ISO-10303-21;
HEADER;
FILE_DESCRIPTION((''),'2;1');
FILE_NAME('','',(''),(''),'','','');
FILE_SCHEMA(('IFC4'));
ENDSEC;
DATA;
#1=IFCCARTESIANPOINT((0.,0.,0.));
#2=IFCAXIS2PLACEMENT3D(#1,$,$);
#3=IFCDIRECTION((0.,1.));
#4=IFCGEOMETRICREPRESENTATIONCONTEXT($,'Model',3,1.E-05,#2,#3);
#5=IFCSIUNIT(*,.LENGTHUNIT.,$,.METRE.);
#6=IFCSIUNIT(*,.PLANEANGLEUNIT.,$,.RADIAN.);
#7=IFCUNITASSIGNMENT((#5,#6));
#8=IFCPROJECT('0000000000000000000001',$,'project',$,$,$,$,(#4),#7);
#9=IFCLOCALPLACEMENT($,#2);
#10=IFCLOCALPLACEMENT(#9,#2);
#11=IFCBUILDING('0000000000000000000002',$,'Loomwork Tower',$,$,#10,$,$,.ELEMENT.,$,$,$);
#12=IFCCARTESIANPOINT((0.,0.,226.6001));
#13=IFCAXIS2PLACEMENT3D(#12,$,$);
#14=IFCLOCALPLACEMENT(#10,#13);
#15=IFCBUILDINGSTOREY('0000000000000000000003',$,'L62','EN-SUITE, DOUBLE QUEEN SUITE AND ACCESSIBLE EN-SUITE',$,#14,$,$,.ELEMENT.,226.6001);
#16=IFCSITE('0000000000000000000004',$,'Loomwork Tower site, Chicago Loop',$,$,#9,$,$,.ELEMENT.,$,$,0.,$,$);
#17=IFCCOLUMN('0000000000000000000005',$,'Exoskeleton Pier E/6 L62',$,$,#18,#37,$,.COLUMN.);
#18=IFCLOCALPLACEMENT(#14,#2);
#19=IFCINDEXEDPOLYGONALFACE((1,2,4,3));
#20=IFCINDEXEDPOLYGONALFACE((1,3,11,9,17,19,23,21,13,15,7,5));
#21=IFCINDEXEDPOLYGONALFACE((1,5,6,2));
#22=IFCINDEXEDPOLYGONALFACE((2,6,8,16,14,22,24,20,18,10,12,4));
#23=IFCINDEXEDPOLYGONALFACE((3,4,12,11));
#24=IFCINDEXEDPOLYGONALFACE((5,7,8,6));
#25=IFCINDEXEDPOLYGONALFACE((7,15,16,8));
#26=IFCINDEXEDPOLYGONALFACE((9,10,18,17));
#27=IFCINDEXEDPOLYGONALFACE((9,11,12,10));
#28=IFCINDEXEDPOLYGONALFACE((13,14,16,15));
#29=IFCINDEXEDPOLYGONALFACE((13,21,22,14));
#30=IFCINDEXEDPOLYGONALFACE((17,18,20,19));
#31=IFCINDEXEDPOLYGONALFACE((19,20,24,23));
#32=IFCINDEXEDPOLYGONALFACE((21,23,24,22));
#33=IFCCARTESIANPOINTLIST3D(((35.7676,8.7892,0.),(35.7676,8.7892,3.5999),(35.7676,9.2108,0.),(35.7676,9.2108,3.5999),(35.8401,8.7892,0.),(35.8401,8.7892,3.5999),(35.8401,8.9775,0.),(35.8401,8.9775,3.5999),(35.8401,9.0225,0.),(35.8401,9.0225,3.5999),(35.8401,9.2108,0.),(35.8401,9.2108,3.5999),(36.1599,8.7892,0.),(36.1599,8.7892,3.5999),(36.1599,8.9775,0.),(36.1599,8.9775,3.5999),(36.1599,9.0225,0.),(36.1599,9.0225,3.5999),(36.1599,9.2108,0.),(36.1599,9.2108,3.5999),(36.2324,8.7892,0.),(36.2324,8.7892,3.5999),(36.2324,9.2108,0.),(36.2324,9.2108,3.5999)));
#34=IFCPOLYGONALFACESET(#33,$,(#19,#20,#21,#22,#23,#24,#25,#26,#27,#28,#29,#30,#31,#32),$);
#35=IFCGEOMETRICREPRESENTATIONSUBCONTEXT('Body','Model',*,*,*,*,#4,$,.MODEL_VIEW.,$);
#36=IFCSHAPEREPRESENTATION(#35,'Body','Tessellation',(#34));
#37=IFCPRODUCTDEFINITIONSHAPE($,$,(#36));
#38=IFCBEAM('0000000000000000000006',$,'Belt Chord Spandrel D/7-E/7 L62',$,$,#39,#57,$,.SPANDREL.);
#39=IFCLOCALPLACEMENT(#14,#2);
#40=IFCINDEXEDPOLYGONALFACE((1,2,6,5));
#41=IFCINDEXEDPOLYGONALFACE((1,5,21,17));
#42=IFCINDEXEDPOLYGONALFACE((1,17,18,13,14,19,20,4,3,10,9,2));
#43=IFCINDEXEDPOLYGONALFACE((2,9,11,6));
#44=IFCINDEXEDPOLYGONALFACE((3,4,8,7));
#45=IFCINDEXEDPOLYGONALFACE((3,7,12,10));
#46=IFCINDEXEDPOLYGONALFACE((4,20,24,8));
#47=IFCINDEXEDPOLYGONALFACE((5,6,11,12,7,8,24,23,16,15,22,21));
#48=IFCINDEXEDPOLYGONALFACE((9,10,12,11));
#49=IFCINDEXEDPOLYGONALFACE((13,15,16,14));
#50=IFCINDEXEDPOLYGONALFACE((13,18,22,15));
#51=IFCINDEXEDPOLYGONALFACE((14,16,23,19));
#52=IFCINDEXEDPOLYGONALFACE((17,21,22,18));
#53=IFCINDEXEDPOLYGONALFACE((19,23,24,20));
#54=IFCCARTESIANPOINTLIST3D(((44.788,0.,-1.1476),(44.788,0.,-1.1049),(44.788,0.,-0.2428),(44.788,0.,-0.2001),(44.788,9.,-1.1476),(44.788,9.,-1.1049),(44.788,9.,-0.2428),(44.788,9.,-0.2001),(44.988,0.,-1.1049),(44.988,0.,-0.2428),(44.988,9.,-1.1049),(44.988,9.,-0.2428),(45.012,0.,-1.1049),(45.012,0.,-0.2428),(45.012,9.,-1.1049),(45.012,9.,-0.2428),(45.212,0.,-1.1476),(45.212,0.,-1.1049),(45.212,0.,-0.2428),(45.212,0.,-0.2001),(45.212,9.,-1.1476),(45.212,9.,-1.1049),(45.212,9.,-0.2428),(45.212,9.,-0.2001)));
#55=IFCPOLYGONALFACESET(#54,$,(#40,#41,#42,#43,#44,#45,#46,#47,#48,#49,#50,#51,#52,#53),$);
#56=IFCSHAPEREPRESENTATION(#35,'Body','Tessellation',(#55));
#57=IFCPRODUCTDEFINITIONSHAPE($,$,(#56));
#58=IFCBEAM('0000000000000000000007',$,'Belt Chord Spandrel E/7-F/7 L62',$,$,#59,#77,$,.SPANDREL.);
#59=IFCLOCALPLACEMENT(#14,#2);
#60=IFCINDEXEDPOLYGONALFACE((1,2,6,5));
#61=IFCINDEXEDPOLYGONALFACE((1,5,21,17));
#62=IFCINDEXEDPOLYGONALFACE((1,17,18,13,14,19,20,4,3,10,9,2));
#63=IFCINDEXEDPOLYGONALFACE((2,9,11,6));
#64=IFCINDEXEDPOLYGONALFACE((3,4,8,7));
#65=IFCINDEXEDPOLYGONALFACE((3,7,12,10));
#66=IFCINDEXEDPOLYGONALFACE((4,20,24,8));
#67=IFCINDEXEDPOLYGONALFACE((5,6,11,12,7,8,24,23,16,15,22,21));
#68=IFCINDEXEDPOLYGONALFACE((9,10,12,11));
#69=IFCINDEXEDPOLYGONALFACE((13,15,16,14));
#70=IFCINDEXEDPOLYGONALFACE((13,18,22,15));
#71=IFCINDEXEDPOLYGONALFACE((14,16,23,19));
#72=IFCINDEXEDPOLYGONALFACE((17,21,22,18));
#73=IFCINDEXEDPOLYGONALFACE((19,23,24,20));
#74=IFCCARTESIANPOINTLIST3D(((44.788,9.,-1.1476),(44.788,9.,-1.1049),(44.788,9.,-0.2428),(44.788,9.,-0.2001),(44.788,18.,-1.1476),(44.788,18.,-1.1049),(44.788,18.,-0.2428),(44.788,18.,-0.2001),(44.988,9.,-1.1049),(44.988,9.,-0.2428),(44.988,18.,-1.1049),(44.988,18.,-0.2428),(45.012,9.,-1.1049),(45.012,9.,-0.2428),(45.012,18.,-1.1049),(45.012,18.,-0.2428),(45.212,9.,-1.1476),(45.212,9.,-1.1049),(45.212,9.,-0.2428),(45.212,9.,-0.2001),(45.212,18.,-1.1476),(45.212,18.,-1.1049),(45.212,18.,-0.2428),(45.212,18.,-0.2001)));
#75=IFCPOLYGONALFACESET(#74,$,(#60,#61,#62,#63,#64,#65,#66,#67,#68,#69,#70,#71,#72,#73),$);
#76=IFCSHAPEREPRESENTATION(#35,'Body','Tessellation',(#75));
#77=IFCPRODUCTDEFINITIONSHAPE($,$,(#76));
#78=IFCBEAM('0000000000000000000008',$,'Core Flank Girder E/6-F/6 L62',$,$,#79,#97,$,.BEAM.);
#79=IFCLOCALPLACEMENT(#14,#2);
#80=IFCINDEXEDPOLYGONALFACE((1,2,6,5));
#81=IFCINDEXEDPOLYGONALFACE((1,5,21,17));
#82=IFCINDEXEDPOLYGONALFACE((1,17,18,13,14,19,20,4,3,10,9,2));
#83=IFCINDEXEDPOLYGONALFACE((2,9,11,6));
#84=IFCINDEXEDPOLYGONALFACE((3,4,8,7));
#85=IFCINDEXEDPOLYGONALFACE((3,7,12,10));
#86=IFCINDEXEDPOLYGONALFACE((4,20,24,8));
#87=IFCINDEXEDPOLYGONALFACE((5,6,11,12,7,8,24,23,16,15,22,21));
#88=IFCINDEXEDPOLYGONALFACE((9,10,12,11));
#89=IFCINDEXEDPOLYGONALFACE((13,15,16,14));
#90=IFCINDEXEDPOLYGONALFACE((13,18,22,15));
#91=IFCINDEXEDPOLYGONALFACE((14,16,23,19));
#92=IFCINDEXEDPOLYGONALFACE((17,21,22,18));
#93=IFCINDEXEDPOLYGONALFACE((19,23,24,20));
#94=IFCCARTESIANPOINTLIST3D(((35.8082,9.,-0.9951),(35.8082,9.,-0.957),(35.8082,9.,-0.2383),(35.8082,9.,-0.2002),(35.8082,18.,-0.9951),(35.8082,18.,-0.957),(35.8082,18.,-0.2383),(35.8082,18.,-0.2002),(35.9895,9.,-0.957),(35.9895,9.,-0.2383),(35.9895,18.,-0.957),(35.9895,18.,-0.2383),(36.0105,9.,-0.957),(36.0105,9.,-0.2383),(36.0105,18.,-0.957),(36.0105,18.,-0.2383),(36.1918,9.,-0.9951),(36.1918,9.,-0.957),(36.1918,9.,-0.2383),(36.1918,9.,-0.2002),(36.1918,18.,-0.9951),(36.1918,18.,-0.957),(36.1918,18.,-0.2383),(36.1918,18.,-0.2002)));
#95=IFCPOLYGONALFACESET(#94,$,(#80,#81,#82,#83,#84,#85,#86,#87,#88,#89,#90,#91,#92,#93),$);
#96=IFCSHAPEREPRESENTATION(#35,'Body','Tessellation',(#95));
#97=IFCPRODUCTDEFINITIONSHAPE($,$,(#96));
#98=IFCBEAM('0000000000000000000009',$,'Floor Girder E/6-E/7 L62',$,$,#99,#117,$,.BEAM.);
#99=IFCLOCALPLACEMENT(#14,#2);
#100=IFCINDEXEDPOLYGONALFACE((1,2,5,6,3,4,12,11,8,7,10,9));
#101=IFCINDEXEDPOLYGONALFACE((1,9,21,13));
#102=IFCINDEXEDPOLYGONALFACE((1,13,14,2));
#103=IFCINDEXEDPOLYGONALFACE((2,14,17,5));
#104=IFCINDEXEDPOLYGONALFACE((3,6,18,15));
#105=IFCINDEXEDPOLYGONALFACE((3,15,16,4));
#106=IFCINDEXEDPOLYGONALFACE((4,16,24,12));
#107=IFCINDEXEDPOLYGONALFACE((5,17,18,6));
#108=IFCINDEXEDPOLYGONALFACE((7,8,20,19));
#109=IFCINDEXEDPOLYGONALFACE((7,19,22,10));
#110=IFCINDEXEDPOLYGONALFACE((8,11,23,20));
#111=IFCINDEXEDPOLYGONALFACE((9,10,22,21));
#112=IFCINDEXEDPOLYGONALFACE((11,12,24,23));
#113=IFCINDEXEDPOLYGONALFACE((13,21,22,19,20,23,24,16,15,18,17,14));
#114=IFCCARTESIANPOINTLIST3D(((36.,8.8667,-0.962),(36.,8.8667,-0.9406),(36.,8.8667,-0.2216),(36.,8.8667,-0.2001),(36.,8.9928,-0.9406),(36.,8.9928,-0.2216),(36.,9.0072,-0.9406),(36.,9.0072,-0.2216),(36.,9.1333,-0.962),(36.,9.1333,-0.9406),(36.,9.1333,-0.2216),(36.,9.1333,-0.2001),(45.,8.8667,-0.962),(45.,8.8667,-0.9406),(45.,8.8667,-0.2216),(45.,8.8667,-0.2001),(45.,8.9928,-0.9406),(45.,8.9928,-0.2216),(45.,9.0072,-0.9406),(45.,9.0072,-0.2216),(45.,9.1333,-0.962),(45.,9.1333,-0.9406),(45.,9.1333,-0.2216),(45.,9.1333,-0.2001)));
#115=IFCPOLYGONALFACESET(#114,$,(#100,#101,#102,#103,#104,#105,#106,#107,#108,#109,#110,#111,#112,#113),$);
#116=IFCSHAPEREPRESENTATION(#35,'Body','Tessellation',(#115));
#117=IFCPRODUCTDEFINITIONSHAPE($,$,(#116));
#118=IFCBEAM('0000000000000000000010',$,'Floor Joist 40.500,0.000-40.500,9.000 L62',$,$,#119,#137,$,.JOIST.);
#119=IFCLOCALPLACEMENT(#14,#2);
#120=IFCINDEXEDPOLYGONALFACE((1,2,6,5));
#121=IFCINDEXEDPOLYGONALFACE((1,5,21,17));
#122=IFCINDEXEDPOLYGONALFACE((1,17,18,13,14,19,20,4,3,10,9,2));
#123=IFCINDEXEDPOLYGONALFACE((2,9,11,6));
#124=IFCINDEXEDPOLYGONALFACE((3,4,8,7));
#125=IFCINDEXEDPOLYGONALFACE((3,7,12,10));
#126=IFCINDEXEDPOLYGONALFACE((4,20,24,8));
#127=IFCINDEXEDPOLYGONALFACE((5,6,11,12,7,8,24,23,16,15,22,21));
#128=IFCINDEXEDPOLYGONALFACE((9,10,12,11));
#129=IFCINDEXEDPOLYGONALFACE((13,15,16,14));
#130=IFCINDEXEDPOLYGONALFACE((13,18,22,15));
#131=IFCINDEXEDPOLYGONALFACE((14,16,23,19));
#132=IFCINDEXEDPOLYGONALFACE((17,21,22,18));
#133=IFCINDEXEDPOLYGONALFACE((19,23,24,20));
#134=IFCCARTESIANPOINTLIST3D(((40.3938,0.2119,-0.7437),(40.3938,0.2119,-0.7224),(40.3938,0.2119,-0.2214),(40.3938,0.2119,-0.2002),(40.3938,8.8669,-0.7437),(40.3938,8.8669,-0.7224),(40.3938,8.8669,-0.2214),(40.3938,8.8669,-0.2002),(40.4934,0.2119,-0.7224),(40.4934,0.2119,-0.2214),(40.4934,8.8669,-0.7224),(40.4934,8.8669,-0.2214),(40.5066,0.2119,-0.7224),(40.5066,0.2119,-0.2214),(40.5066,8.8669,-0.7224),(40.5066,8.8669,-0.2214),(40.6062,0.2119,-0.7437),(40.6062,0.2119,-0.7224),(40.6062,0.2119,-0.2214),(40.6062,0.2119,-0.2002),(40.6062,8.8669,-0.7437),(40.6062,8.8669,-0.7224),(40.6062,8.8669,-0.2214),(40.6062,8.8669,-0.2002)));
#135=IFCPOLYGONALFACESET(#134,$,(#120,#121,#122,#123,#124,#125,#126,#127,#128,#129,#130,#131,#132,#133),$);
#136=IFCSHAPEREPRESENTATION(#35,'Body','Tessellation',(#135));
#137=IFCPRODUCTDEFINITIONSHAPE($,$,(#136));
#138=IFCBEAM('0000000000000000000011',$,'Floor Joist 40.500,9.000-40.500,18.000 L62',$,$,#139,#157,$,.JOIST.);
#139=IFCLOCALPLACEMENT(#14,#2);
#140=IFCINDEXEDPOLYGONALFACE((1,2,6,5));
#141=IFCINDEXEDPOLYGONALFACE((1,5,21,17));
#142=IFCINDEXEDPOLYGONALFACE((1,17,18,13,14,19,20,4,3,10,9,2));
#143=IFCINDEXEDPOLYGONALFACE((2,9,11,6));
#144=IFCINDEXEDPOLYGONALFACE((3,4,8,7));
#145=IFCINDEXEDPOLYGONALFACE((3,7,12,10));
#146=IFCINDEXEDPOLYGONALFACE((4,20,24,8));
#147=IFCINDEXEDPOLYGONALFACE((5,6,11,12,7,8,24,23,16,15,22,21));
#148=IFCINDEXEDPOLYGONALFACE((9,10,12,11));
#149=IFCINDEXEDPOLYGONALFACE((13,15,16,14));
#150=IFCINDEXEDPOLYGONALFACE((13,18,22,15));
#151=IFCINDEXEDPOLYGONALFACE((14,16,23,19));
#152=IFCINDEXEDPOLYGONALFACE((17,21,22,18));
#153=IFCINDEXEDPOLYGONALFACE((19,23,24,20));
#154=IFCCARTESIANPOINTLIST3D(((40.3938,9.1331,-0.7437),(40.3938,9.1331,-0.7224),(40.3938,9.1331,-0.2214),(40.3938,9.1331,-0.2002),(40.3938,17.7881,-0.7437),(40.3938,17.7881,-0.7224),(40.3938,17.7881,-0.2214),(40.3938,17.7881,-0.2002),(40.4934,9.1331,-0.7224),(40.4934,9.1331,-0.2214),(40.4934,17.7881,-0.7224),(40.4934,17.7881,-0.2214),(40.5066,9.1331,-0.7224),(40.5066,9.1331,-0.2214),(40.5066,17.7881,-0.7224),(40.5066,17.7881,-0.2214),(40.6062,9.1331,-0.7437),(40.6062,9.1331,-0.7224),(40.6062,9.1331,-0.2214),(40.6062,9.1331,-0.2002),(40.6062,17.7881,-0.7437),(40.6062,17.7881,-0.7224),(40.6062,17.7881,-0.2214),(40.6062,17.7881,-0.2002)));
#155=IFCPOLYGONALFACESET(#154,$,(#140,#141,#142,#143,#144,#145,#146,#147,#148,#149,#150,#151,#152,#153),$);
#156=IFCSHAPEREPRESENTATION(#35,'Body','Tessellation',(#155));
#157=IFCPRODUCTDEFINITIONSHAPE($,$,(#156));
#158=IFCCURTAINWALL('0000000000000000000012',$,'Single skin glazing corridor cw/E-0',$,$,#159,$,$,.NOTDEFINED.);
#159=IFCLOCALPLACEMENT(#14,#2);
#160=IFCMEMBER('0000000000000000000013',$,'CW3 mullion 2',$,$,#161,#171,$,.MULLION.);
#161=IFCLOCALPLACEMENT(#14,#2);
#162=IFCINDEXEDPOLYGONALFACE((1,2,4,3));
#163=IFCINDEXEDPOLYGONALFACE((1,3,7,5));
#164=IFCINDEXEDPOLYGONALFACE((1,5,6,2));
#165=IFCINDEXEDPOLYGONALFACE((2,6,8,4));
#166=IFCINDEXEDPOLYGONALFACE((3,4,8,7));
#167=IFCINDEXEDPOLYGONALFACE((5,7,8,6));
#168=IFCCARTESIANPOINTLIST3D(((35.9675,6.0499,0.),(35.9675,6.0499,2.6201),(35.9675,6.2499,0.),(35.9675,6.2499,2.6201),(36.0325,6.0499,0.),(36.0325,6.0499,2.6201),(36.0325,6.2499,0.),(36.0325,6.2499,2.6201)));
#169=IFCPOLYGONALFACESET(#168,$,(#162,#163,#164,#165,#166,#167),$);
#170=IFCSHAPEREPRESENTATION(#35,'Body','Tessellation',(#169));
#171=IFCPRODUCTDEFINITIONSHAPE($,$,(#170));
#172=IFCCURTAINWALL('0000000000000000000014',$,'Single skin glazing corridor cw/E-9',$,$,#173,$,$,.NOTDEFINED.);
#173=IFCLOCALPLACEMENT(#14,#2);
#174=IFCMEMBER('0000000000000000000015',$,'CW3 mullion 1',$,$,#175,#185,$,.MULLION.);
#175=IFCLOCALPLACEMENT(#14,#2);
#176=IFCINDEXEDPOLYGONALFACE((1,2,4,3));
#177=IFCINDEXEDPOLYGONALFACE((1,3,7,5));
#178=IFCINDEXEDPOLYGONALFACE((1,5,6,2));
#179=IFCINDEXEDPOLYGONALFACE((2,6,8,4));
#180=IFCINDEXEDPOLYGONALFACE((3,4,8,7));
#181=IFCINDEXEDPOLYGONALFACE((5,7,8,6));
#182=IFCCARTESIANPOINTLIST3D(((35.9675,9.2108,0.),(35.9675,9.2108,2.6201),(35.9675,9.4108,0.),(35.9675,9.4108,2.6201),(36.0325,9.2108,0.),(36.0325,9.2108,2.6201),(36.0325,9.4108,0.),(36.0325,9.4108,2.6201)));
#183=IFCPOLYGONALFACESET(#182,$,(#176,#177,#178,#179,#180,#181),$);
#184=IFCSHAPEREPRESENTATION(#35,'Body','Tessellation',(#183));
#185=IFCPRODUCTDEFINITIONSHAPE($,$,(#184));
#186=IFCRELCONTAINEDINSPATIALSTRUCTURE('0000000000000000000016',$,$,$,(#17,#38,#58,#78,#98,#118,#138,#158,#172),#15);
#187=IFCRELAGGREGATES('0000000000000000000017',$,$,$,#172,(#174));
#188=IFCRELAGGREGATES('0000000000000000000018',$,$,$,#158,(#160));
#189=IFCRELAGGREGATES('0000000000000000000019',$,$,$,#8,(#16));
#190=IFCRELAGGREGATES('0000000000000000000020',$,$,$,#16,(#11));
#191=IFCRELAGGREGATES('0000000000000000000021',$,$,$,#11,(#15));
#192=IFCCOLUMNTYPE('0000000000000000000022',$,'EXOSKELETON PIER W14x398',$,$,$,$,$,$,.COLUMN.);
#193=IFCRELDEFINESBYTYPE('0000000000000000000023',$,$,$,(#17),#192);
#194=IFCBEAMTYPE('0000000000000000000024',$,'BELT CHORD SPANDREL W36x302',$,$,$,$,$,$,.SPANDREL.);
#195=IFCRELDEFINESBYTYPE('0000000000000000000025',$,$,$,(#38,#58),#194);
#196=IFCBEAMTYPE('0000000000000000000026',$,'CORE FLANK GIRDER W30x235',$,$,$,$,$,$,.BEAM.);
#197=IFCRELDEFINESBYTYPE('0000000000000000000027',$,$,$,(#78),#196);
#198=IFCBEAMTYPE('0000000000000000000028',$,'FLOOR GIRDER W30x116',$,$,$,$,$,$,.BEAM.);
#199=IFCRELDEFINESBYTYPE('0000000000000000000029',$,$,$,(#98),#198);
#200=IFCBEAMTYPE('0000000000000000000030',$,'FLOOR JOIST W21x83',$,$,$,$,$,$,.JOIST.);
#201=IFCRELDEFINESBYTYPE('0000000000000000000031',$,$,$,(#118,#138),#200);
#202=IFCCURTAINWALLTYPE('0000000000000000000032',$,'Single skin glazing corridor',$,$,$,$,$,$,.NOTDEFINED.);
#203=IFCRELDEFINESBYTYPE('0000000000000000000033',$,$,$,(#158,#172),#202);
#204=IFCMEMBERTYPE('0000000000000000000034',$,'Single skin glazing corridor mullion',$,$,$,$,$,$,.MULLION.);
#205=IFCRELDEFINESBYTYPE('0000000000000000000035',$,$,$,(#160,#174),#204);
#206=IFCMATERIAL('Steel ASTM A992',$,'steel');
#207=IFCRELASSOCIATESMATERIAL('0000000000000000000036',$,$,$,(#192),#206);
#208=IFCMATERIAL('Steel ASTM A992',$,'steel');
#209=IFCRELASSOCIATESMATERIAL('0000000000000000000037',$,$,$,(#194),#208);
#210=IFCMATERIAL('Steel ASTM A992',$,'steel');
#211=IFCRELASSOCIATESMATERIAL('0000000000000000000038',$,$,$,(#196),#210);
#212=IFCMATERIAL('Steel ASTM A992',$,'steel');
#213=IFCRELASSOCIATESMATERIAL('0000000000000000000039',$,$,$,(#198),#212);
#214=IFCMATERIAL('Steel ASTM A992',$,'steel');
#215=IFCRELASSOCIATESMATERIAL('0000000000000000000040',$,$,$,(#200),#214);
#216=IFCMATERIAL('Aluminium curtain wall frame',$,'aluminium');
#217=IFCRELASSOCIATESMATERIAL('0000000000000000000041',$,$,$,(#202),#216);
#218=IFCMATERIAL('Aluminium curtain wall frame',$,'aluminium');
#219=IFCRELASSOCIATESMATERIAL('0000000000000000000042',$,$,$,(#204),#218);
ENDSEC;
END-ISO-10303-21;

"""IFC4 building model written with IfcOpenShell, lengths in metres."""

from ifc_helpers import new_model, si_unit, direction, frame, origin, origin_2d, place, context, subcontext, project, spatial, rectangle, i_section, extrude, material, material_profile, profile_set, type_object, element, aggregate, save


model = new_model("IFC4")

# Units and contexts
model_context = context("Model", 3, precision=1e-05, world=origin(), true_north=direction((0.0, 1.0)))
body_context = subcontext(model_context, "Body", "Model", "MODEL_VIEW")
ifc_project = project(units=[si_unit("LENGTHUNIT", "METRE"), si_unit("PLANEANGLEUNIT", "RADIAN")], contexts=[model_context])

# Site, building, storey
site_placement = place(None, origin())
site = spatial("IfcSite", under=ifc_project, at=site_placement, Name="Loomwork Tower site, Chicago Loop", CompositionType="ELEMENT", RefElevation=0.0)
building_placement = place(site_placement, origin())
building = spatial("IfcBuilding", under=site, at=building_placement, Name="Loomwork Tower", CompositionType="ELEMENT")
storey_placement = place(building_placement, frame((0.0, 0.0, 226.6001)))
storey = spatial("IfcBuildingStorey", under=building, at=storey_placement, Name="L62", Description="EN-SUITE, DOUBLE QUEEN SUITE AND ACCESSIBLE EN-SUITE", CompositionType="ELEMENT", Elevation=226.6001)

# Column
ifc_material_1 = material(Name="Steel ASTM A992", Category="steel")
ifc_material_profile_1 = material_profile(ifc_material_1, i_section(OverallWidth=0.4216, OverallDepth=0.4648, WebThickness=0.0449, FlangeThickness=0.0725, at=origin_2d()), Name="W14x398")
ifc_profile_set_1 = profile_set([ifc_material_profile_1], Name="Steel ASTM A992")
column_type = type_object("IfcColumnType", Name="EXOSKELETON PIER W14x398", PredefinedType="COLUMN", material=ifc_profile_set_1)
column_placement = place(storey_placement, frame((36.0, 9.0, 0.0), z_axis=(0.0, 0.0, 1.0), x_axis=(0.0, 1.0, 0.0)))
element("IfcColumn", 1, at=column_placement, inside=storey, type_object=column_type, Name="Exoskeleton Pier E/6 L62", PredefinedType="COLUMN", context=body_context, shape_type="SweptSolid", body=[
    extrude(i_section(OverallWidth=0.4216, OverallDepth=0.4648, WebThickness=0.0449, FlangeThickness=0.0725, at=origin_2d()), origin(), (0.0, 0.0, 1.0), 3.5999),
])

# Beams
ifc_material_2 = material(Name="Steel ASTM A992", Category="steel")
ifc_material_profile_2 = material_profile(ifc_material_2, i_section(OverallWidth=0.4241, OverallDepth=0.9475, WebThickness=0.0239, FlangeThickness=0.0427, at=origin_2d()), Name="W36x302")
ifc_profile_set_2 = profile_set([ifc_material_profile_2], Name="Steel ASTM A992")
beam_type_1 = type_object("IfcBeamType", Name="BELT CHORD SPANDREL W36x302", PredefinedType="SPANDREL", material=ifc_profile_set_2)
for number, where, z_axis, x_axis, name in (
    (2, (45.0, 0.0, -0.6738), (0.0, 1.0, 0.0), (-1.0, 0.0, 0.0), "Belt Chord Spandrel D/7-E/7 L62"),
    (3, (45.0, 9.0, -0.6738), (0.0, 1.0, 0.0), (-1.0, 0.0, 0.0), "Belt Chord Spandrel E/7-F/7 L62"),
):
    element("IfcBeam", number, at=place(storey_placement, frame(where, z_axis=z_axis, x_axis=x_axis)), inside=storey, type_object=beam_type_1, Name=name, PredefinedType="SPANDREL", context=body_context, shape_type="SweptSolid", body=[
        extrude(i_section(OverallWidth=0.4241, OverallDepth=0.9475, WebThickness=0.0239, FlangeThickness=0.0427, at=origin_2d()), origin(), (0.0, 0.0, 1.0), 9.0),
    ])
ifc_material_3 = material(Name="Steel ASTM A992", Category="steel")
ifc_material_profile_3 = material_profile(ifc_material_3, i_section(OverallWidth=0.3835, OverallDepth=0.7949, WebThickness=0.021, FlangeThickness=0.0381, at=origin_2d()), Name="W30x235")
ifc_profile_set_3 = profile_set([ifc_material_profile_3], Name="Steel ASTM A992")
beam_type_2 = type_object("IfcBeamType", Name="CORE FLANK GIRDER W30x235", PredefinedType="BEAM", material=ifc_profile_set_3)
beam_1_placement = place(storey_placement, frame((36.0, 9.0, -0.5977), z_axis=(0.0, 1.0, 0.0), x_axis=(-1.0, 0.0, 0.0)))
element("IfcBeam", 4, at=beam_1_placement, inside=storey, type_object=beam_type_2, Name="Core Flank Girder E/6-F/6 L62", PredefinedType="BEAM", context=body_context, shape_type="SweptSolid", body=[
    extrude(i_section(OverallWidth=0.3835, OverallDepth=0.7949, WebThickness=0.021, FlangeThickness=0.0381, at=origin_2d()), origin(), (0.0, 0.0, 1.0), 9.0),
])
ifc_material_4 = material(Name="Steel ASTM A992", Category="steel")
ifc_material_profile_4 = material_profile(ifc_material_4, i_section(OverallWidth=0.2666, OverallDepth=0.762, WebThickness=0.0144, FlangeThickness=0.0215, at=origin_2d()), Name="W30x116")
ifc_profile_set_4 = profile_set([ifc_material_profile_4], Name="Steel ASTM A992")
beam_type_3 = type_object("IfcBeamType", Name="FLOOR GIRDER W30x116", PredefinedType="BEAM", material=ifc_profile_set_4)
beam_2_placement = place(storey_placement, frame((36.0, 9.0, -0.5811), z_axis=(1.0, 0.0, 0.0), x_axis=(0.0, 1.0, 0.0)))
element("IfcBeam", 5, at=beam_2_placement, inside=storey, type_object=beam_type_3, Name="Floor Girder E/6-E/7 L62", PredefinedType="BEAM", context=body_context, shape_type="SweptSolid", body=[
    extrude(i_section(OverallWidth=0.2666, OverallDepth=0.762, WebThickness=0.0144, FlangeThickness=0.0215, at=origin_2d()), origin(), (0.0, 0.0, 1.0), 9.0),
])
ifc_material_5 = material(Name="Steel ASTM A992", Category="steel")
ifc_material_profile_5 = material_profile(ifc_material_5, i_section(OverallWidth=0.2124, OverallDepth=0.5435, WebThickness=0.0132, FlangeThickness=0.0212, at=origin_2d()), Name="W21x83")
ifc_profile_set_5 = profile_set([ifc_material_profile_5], Name="Steel ASTM A992")
beam_type_4 = type_object("IfcBeamType", Name="FLOOR JOIST W21x83", PredefinedType="JOIST", material=ifc_profile_set_5)
for number, where, z_axis, x_axis, name in (
    (6, (40.5, 0.2119, -0.4719), (0.0, 1.0, 0.0), (-1.0, 0.0, 0.0), "Floor Joist 40.500,0.000-40.500,9.000 L62"),
    (7, (40.5, 9.1331, -0.4719), (0.0, 1.0, 0.0), (-1.0, 0.0, 0.0), "Floor Joist 40.500,9.000-40.500,18.000 L62"),
):
    element("IfcBeam", number, at=place(storey_placement, frame(where, z_axis=z_axis, x_axis=x_axis)), inside=storey, type_object=beam_type_4, Name=name, PredefinedType="JOIST", context=body_context, shape_type="SweptSolid", body=[
        extrude(i_section(OverallWidth=0.2124, OverallDepth=0.5435, WebThickness=0.0132, FlangeThickness=0.0212, at=origin_2d()), origin(), (0.0, 0.0, 1.0), 8.655),
    ])

# Curtain wall, member
ifc_material_6 = material(Name="Aluminium curtain wall frame", Category="aluminium")
curtain_wall_type = type_object("IfcCurtainWallType", Name="Single skin glazing corridor", PredefinedType="NOTDEFINED", material=ifc_material_6)
curtain_wall_1_placement = place(storey_placement, origin())
curtain_wall_1 = element("IfcCurtainWall", 8, at=curtain_wall_1_placement, inside=storey, type_object=curtain_wall_type, Name="Single skin glazing corridor cw/E-0", PredefinedType="NOTDEFINED")
ifc_material_7 = material(Name="Aluminium curtain wall frame", Category="aluminium")
ifc_material_profile_6 = material_profile(ifc_material_7, rectangle(XDim=0.0649, YDim=0.2, at=origin_2d()), Name="AL 65x200")
ifc_profile_set_6 = profile_set([ifc_material_profile_6], Name="Aluminium curtain wall frame")
member_type_1 = type_object("IfcMemberType", Name="Single skin glazing corridor mullion", PredefinedType="MULLION", material=ifc_profile_set_6)
member_1_placement = place(storey_placement, frame((36.0, 6.1499, 0.0), z_axis=(0.0, 0.0, 1.0), x_axis=(-1.0, 0.0, 0.0)))
member_1 = element("IfcMember", 9, at=member_1_placement, type_object=member_type_1, Name="CW3 mullion 2", PredefinedType="MULLION", context=body_context, shape_type="SweptSolid", body=[
    extrude(rectangle(XDim=0.0649, YDim=0.2, at=origin_2d()), origin(), (0.0, 0.0, 1.0), 2.6201),
])

# Curtain wall, member
curtain_wall_2_placement = place(storey_placement, origin())
curtain_wall_2 = element("IfcCurtainWall", 10, at=curtain_wall_2_placement, inside=storey, type_object=curtain_wall_type, Name="Single skin glazing corridor cw/E-9", PredefinedType="NOTDEFINED")
member_2_placement = place(storey_placement, frame((36.0, 9.3108, 0.0), z_axis=(0.0, 0.0, 1.0), x_axis=(-1.0, 0.0, 0.0)))
member_2 = element("IfcMember", 11, at=member_2_placement, type_object=member_type_1, Name="CW3 mullion 1", PredefinedType="MULLION", context=body_context, shape_type="SweptSolid", body=[
    extrude(rectangle(XDim=0.0649, YDim=0.2, at=origin_2d()), origin(), (0.0, 0.0, 1.0), 2.6201),
])
aggregate(curtain_wall_2, [member_2])

aggregate(curtain_wall_1, [member_1])

save(model, "model.ifc")
